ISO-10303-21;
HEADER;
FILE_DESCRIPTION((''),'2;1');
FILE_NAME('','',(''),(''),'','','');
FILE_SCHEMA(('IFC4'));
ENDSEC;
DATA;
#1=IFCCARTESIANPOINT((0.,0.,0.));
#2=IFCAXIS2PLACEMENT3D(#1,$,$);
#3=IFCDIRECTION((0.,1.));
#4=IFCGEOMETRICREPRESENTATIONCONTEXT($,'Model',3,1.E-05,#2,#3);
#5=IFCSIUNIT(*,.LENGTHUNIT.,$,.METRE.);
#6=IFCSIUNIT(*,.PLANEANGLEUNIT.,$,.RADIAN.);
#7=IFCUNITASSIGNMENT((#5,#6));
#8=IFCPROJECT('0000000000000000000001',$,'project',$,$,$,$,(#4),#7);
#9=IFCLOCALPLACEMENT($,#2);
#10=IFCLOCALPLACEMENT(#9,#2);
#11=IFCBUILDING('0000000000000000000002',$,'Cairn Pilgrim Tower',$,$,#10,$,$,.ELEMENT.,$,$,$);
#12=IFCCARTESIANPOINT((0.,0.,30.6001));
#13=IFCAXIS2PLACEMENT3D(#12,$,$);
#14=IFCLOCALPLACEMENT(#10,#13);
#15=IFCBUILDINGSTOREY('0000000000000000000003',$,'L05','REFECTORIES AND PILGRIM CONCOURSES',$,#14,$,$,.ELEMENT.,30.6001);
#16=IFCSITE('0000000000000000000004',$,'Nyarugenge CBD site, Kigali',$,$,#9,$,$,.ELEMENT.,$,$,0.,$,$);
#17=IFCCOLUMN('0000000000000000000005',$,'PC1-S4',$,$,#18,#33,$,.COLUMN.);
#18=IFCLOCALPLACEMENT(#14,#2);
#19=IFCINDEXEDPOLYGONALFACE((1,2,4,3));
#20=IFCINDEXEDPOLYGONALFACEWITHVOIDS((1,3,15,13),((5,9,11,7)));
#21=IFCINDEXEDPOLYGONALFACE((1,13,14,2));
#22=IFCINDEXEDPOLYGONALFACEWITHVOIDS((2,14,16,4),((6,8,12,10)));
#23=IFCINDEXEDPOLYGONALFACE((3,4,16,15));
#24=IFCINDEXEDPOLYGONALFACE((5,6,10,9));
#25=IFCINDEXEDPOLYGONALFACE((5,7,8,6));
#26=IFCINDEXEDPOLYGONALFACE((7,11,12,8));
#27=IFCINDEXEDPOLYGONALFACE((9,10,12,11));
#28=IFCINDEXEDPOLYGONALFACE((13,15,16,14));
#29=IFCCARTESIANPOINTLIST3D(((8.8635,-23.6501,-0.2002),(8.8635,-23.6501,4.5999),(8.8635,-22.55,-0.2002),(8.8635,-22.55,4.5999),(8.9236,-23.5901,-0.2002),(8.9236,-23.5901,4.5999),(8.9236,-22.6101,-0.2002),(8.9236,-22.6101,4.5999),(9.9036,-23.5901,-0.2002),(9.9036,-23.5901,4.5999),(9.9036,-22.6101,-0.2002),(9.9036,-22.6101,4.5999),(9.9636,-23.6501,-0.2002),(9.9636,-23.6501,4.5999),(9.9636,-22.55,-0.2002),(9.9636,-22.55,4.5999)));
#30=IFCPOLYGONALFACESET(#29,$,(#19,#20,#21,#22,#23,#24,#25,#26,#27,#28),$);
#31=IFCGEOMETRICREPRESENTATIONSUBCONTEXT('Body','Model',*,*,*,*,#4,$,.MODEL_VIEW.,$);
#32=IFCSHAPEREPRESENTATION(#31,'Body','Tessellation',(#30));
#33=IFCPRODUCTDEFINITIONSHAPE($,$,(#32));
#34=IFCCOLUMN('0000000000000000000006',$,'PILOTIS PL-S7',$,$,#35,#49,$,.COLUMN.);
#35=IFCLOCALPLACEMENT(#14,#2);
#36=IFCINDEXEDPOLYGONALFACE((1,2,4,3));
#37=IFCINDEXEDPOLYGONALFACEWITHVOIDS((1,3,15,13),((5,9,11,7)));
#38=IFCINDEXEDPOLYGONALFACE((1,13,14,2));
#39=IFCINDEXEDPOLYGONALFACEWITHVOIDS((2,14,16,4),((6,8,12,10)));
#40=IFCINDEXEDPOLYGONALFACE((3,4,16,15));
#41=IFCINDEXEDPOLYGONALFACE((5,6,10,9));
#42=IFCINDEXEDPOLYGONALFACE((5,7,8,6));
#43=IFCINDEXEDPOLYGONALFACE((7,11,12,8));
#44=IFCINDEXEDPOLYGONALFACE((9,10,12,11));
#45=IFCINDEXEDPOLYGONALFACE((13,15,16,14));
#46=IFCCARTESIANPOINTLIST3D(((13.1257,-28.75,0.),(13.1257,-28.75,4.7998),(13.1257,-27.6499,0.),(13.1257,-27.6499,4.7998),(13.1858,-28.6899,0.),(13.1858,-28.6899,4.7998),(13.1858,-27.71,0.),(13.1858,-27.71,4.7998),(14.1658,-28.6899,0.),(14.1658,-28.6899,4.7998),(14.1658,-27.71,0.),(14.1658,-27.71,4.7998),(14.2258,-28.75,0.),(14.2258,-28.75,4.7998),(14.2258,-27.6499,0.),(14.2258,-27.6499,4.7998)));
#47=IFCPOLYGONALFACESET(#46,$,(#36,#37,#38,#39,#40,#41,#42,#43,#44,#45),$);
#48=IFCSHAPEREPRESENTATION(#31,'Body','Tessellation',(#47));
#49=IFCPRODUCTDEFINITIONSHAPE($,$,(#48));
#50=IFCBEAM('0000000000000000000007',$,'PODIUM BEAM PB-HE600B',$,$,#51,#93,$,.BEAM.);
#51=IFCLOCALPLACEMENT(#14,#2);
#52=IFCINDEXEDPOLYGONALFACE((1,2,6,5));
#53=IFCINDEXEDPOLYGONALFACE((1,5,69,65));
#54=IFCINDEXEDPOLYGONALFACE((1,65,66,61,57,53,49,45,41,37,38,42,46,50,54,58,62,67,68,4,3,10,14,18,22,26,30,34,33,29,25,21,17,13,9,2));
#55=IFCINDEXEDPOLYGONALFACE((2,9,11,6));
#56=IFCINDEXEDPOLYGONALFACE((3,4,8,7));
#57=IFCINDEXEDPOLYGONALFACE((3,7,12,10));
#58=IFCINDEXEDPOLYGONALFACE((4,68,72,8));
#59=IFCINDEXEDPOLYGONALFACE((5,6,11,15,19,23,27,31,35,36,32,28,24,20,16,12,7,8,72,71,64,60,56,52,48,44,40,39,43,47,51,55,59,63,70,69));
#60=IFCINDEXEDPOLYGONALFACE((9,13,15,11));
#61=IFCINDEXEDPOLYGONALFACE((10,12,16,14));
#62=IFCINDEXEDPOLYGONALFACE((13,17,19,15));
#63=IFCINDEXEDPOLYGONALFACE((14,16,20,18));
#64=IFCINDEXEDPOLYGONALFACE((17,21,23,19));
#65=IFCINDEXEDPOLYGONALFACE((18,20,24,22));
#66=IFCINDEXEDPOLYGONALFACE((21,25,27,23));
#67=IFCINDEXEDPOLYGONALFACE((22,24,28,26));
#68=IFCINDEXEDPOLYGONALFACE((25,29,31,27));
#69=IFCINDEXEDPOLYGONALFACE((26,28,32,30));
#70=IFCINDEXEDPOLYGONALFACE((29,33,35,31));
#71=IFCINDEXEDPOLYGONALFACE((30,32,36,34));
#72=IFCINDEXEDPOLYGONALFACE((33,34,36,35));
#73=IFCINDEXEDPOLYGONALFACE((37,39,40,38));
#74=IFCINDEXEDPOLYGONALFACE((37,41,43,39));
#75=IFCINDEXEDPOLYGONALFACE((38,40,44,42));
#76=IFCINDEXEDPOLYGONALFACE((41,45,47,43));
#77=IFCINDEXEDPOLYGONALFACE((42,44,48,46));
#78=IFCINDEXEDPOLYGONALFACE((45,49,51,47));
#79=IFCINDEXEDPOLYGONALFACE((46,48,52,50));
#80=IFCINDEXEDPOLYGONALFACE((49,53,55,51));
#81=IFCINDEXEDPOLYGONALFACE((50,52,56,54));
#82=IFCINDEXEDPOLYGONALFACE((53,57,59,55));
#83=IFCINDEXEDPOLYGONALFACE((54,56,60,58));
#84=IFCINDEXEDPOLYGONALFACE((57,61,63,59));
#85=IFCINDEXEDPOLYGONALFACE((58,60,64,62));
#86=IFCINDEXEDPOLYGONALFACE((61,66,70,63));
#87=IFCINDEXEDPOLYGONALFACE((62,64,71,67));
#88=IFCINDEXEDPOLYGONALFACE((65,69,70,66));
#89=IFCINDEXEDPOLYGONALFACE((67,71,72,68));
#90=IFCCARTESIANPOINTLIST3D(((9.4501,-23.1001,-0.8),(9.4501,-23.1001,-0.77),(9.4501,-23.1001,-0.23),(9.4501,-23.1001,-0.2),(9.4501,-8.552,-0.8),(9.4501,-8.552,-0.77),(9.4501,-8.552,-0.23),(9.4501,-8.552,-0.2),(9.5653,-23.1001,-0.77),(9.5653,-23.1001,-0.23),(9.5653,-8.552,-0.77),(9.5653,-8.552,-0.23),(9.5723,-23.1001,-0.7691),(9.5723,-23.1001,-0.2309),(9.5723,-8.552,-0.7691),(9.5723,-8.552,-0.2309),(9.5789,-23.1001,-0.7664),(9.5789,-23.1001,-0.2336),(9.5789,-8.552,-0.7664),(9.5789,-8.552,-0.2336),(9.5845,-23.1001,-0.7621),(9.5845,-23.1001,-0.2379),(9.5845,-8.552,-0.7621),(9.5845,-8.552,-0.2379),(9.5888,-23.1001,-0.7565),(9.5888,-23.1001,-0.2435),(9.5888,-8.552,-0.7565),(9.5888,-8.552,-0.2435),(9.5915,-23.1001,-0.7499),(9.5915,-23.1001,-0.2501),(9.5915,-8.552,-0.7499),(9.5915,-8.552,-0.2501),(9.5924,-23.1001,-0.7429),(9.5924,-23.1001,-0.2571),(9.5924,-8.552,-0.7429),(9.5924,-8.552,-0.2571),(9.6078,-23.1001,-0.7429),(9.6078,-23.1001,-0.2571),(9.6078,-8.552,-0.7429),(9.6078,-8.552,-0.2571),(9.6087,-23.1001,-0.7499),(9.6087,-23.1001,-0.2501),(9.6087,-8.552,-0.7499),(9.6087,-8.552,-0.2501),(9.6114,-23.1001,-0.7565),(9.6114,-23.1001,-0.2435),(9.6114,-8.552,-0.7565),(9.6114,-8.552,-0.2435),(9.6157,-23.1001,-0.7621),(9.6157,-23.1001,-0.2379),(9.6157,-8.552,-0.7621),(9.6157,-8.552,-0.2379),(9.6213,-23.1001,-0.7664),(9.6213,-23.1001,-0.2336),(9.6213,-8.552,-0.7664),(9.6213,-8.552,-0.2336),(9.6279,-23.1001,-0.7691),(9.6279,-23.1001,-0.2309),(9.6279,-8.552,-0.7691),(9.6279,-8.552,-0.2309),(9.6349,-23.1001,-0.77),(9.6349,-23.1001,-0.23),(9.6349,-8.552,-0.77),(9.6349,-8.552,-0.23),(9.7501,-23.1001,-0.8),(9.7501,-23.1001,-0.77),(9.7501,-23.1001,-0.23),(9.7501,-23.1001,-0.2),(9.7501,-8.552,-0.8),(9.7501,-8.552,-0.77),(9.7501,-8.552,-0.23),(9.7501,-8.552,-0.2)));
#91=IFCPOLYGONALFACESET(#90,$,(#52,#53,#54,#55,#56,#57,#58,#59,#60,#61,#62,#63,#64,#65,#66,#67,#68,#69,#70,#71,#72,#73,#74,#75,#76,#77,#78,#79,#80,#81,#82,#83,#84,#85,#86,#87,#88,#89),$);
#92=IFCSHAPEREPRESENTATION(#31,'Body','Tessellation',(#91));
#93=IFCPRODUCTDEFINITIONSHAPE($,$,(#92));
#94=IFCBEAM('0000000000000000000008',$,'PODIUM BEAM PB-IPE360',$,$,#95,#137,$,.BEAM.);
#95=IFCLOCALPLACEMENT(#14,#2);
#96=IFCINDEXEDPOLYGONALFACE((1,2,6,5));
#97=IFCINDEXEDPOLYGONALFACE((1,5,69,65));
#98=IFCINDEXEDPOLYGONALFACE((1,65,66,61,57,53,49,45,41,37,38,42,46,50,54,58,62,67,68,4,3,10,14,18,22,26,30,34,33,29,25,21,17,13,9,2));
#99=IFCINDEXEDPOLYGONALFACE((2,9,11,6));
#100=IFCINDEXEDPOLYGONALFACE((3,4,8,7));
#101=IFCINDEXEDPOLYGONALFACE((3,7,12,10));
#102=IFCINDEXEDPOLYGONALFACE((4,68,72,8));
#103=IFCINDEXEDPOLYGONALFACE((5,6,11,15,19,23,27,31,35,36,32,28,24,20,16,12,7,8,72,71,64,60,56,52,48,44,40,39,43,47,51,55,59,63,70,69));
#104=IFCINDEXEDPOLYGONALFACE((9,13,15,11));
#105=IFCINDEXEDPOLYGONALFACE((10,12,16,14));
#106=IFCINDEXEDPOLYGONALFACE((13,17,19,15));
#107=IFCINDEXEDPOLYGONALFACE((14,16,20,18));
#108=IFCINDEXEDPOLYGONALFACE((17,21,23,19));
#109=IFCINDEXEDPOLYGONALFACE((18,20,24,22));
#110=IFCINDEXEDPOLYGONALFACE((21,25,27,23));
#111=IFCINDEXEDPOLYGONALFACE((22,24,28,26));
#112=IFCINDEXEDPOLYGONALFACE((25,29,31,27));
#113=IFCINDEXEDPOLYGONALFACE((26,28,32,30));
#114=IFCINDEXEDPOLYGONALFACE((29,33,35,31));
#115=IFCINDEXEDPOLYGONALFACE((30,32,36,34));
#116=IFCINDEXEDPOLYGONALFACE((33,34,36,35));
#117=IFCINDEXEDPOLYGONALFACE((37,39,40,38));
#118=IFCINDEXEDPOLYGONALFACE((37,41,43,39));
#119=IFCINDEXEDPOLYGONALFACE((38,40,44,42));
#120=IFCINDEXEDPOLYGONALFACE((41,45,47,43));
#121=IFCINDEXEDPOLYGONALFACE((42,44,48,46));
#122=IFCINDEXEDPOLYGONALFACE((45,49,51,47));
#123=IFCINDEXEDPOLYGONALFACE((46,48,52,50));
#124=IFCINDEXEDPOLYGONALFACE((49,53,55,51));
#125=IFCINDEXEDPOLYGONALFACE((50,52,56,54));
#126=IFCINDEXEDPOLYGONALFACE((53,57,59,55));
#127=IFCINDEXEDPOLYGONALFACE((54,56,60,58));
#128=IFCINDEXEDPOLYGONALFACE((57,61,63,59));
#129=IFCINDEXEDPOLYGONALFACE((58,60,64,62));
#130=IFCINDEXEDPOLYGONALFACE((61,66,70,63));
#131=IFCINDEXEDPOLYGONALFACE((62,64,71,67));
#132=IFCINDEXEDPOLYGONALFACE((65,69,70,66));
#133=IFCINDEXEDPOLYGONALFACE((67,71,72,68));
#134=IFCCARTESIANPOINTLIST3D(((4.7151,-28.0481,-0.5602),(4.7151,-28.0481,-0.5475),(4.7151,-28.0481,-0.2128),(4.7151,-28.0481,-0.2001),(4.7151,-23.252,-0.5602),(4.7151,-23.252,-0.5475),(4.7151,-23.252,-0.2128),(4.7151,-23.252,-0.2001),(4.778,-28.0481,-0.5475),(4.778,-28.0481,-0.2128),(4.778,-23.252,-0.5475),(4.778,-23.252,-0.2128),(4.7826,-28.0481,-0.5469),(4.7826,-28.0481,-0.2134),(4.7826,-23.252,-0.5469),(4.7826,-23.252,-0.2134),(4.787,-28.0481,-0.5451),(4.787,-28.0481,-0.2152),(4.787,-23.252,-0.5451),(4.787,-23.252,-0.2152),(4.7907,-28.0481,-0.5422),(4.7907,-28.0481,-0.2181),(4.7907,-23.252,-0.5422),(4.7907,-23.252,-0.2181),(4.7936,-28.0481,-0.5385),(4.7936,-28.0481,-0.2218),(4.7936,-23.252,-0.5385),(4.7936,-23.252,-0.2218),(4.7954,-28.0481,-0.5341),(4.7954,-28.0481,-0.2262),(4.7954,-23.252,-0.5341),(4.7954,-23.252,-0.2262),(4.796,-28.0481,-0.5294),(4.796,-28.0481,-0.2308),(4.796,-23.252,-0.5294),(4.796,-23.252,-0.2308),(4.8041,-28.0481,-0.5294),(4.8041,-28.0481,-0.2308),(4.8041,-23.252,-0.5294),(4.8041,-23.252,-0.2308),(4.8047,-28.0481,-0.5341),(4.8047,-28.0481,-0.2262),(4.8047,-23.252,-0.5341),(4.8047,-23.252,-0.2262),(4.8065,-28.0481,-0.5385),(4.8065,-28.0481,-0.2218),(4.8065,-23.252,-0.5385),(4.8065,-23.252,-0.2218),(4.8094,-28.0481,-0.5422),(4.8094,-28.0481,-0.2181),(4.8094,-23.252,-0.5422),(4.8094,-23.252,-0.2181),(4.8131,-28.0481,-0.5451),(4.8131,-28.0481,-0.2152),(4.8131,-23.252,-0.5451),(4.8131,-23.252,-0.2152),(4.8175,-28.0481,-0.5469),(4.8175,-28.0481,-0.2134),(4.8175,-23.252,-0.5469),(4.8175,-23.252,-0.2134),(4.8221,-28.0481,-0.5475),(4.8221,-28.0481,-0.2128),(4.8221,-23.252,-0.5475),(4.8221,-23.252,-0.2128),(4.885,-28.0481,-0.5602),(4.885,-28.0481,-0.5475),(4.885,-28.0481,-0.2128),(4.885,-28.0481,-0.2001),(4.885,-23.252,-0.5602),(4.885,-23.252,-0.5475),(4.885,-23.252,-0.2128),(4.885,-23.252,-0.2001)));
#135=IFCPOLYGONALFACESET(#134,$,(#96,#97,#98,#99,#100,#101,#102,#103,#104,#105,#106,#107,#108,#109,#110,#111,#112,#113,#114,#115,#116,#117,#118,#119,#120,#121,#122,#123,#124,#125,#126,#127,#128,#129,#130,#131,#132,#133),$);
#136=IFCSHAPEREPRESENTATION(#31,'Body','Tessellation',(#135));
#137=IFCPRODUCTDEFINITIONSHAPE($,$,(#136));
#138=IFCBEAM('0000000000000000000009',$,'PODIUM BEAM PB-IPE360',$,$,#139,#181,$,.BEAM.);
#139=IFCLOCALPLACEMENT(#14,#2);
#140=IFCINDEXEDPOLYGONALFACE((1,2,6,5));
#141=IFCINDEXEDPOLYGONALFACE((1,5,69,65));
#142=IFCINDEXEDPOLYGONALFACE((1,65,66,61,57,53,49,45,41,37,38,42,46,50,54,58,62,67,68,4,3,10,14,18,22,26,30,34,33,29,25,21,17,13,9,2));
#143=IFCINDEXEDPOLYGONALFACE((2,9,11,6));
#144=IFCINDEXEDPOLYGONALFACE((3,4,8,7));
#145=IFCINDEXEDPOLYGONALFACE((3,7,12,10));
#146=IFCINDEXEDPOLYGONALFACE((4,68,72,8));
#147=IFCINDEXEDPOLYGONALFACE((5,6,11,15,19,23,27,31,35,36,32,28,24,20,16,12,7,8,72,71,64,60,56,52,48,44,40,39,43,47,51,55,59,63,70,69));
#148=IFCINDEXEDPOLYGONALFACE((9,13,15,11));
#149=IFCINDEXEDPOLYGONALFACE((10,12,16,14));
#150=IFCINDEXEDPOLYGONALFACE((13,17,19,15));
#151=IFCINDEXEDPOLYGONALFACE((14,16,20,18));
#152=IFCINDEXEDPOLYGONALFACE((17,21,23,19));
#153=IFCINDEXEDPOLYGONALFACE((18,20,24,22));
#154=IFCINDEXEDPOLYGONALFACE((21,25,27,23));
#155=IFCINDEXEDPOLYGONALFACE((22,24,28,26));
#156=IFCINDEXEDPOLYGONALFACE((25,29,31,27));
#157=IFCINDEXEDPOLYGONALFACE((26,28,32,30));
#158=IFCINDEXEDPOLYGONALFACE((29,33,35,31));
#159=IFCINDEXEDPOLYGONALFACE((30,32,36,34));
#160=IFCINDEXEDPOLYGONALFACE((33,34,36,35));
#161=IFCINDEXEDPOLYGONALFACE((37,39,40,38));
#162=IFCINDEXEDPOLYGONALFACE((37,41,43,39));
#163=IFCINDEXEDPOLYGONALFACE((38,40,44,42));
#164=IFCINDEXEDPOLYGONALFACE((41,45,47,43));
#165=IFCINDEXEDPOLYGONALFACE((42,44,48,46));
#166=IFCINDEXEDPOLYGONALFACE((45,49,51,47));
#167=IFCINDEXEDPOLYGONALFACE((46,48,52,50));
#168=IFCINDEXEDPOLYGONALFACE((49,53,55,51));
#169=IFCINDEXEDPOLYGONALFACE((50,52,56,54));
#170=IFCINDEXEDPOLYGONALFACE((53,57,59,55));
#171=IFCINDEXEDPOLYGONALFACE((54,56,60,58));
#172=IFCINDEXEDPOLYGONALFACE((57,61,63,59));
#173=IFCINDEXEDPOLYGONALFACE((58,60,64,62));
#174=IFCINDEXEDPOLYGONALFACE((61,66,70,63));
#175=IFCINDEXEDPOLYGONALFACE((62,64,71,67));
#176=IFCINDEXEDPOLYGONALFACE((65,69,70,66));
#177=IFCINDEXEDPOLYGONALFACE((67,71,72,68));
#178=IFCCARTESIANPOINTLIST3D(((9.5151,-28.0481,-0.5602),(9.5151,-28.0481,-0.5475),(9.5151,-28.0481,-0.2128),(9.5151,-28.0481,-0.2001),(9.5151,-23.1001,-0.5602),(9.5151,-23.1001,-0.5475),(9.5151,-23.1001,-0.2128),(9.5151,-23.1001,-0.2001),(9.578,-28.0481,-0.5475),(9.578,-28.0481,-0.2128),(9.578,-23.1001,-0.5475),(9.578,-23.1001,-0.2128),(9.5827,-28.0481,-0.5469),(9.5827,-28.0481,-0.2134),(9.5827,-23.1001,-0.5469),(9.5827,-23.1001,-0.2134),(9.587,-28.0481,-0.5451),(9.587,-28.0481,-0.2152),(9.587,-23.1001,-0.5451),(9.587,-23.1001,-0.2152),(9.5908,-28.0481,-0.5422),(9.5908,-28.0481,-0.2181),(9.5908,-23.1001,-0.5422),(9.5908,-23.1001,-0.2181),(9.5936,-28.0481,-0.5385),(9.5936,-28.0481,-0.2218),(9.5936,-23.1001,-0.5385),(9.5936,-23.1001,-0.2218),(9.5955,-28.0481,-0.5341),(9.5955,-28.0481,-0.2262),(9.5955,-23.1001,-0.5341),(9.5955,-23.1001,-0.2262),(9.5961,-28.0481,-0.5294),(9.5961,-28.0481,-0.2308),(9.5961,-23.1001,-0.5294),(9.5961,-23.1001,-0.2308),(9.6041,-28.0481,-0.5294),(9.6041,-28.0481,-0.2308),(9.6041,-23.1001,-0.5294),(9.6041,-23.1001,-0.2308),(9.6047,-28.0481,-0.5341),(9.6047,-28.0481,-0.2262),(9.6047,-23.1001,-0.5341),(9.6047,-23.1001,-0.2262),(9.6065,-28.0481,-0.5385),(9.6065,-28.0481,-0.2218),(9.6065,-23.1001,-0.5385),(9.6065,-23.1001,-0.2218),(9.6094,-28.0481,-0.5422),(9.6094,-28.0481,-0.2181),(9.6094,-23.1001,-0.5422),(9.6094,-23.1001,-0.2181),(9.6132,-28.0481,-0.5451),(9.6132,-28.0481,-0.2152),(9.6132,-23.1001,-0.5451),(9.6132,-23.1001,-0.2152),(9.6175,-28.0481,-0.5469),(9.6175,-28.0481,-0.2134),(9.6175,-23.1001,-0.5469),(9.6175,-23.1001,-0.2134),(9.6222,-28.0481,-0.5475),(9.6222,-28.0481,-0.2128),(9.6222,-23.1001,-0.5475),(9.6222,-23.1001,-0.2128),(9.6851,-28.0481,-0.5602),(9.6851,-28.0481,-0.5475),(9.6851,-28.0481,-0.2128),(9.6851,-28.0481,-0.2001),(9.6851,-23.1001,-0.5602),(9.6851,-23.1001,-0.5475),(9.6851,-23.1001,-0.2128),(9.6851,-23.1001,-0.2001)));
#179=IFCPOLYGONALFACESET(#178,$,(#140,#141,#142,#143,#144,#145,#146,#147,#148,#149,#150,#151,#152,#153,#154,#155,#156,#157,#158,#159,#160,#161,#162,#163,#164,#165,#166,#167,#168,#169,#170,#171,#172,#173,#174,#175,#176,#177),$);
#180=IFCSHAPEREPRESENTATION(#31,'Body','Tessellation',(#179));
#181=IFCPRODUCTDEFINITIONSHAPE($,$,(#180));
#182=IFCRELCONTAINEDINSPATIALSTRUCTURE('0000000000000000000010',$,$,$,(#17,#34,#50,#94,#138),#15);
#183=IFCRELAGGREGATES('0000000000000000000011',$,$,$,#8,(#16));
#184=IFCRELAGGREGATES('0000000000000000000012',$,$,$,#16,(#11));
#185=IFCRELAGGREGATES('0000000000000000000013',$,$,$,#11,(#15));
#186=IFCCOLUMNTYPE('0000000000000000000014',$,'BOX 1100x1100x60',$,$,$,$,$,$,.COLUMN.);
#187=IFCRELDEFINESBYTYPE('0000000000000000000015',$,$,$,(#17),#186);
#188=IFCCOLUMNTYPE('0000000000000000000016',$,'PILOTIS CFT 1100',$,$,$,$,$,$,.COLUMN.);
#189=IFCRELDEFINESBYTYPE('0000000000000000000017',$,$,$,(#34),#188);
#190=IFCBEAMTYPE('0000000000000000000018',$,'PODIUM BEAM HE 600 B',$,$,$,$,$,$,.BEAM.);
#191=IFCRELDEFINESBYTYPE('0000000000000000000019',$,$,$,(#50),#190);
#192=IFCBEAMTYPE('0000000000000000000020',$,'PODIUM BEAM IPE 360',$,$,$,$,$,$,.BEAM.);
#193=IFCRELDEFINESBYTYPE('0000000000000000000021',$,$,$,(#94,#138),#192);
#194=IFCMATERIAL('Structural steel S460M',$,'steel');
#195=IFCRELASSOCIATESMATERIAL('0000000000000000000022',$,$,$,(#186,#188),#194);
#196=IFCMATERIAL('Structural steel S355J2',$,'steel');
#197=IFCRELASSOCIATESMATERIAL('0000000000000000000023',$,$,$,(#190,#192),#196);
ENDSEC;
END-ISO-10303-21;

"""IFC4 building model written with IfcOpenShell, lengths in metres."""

from ifc_helpers import new_model, si_unit, direction, frame, origin, origin_2d, place, context, subcontext, project, spatial, hollow_rectangle, i_section, extrude, material, material_profile, profile_set, type_object, element, save


model = new_model("IFC4")

# Units and contexts
model_context = context("Model", 3, precision=1e-05, world=origin(), true_north=direction((0.0, 1.0)))
body_context = subcontext(model_context, "Body", "Model", "MODEL_VIEW")
ifc_project = project(units=[si_unit("LENGTHUNIT", "METRE"), si_unit("PLANEANGLEUNIT", "RADIAN")], contexts=[model_context])

# Site, building, storey
site_placement = place(None, origin())
site = spatial("IfcSite", under=ifc_project, at=site_placement, Name="Nyarugenge CBD site, Kigali", CompositionType="ELEMENT", RefElevation=0.0)
building_placement = place(site_placement, origin())
building = spatial("IfcBuilding", under=site, at=building_placement, Name="Cairn Pilgrim Tower", CompositionType="ELEMENT")
storey_placement = place(building_placement, frame((0.0, 0.0, 30.6001)))
storey = spatial("IfcBuildingStorey", under=building, at=storey_placement, Name="L05", Description="REFECTORIES AND PILGRIM CONCOURSES", CompositionType="ELEMENT", Elevation=30.6001)

# Columns
ifc_material_1 = material(Name="Structural steel S460M", Category="steel")
ifc_material_profile_1 = material_profile(ifc_material_1, hollow_rectangle(XDim=1.1001, YDim=1.1001, WallThickness=0.0601, at=origin_2d()), Name="BOX 1100x1100x60")
ifc_profile_set_1 = profile_set([ifc_material_profile_1], Name="Structural steel S460M")
column_type_1 = type_object("IfcColumnType", Name="BOX 1100x1100x60", PredefinedType="COLUMN", material=ifc_profile_set_1)
column_1_placement = place(storey_placement, frame((9.4136, -23.1001, -0.2002), z_axis=(0.0, 0.0, 1.0), x_axis=(1.0, 0.0, 0.0)))
element("IfcColumn", 1, at=column_1_placement, inside=storey, type_object=column_type_1, Name="PC1-S4", PredefinedType="COLUMN", context=body_context, shape_type="SweptSolid", body=[
    extrude(hollow_rectangle(XDim=1.1001, YDim=1.1001, WallThickness=0.0601, at=origin_2d()), origin(), (0.0, 0.0, 1.0), 4.8),
])
ifc_material_profile_2 = material_profile(ifc_material_1, hollow_rectangle(XDim=1.1001, YDim=1.1001, WallThickness=0.0601, at=origin_2d()), Name="BOX 1100x1100x60")
ifc_profile_set_2 = profile_set([ifc_material_profile_2], Name="Structural steel S460M")
column_type_2 = type_object("IfcColumnType", Name="PILOTIS CFT 1100", PredefinedType="COLUMN", material=ifc_profile_set_2)
column_2_placement = place(storey_placement, frame((13.6758, -28.2, 0.0), z_axis=(0.0, 0.0, 1.0), x_axis=(1.0, 0.0, 0.0)))
element("IfcColumn", 2, at=column_2_placement, inside=storey, type_object=column_type_2, Name="PILOTIS PL-S7", PredefinedType="COLUMN", context=body_context, shape_type="SweptSolid", body=[
    extrude(hollow_rectangle(XDim=1.1001, YDim=1.1001, WallThickness=0.0601, at=origin_2d()), origin(), (0.0, 0.0, 1.0), 4.7998),
])

# Beams
ifc_material_2 = material(Name="Structural steel S355J2", Category="steel")
ifc_material_profile_3 = material_profile(ifc_material_2, i_section(OverallWidth=0.3, OverallDepth=0.6001, WebThickness=0.0154, FlangeThickness=0.03, FilletRadius=0.0271, at=origin_2d()), Name="HEB 600")
ifc_profile_set_3 = profile_set([ifc_material_profile_3], Name="Structural steel S355J2")
beam_type_1 = type_object("IfcBeamType", Name="PODIUM BEAM HE 600 B", PredefinedType="BEAM", material=ifc_profile_set_3)
beam_1_placement = place(storey_placement, frame((9.6001, -23.1001, -0.5), z_axis=(0.0, 1.0, 0.0), x_axis=(-1.0, 0.0, 0.0)))
element("IfcBeam", 3, at=beam_1_placement, inside=storey, type_object=beam_type_1, Name="PODIUM BEAM PB-HE600B", PredefinedType="BEAM", context=body_context, shape_type="SweptSolid", body=[
    extrude(i_section(OverallWidth=0.3, OverallDepth=0.6001, WebThickness=0.0154, FlangeThickness=0.03, FilletRadius=0.0271, at=origin_2d()), origin(), (0.0, 0.0, 1.0), 14.5481),
])
ifc_material_profile_4 = material_profile(ifc_material_2, i_section(OverallWidth=0.1699, OverallDepth=0.3601, WebThickness=0.0081, FlangeThickness=0.0127, FilletRadius=0.0181, at=origin_2d()), Name="IPE 360")
ifc_profile_set_4 = profile_set([ifc_material_profile_4], Name="Structural steel S355J2")
beam_type_2 = type_object("IfcBeamType", Name="PODIUM BEAM IPE 360", PredefinedType="BEAM", material=ifc_profile_set_4)
beam_2_placement = place(storey_placement, frame((4.8, -28.0481, -0.3801), z_axis=(0.0, 1.0, 0.0), x_axis=(-1.0, 0.0, 0.0)))
element("IfcBeam", 4, at=beam_2_placement, inside=storey, type_object=beam_type_2, Name="PODIUM BEAM PB-IPE360", PredefinedType="BEAM", context=body_context, shape_type="SweptSolid", body=[
    extrude(i_section(OverallWidth=0.1699, OverallDepth=0.3601, WebThickness=0.0081, FlangeThickness=0.0127, FilletRadius=0.0181, at=origin_2d()), origin(), (0.0, 0.0, 1.0), 4.7961),
])
beam_3_placement = place(storey_placement, frame((9.6001, -28.0481, -0.3801), z_axis=(0.0, 1.0, 0.0), x_axis=(-1.0, 0.0, 0.0)))
element("IfcBeam", 5, at=beam_3_placement, inside=storey, type_object=beam_type_2, Name="PODIUM BEAM PB-IPE360", PredefinedType="BEAM", context=body_context, shape_type="SweptSolid", body=[
    extrude(i_section(OverallWidth=0.1699, OverallDepth=0.3601, WebThickness=0.0081, FlangeThickness=0.0127, FilletRadius=0.0181, at=origin_2d()), origin(), (0.0, 0.0, 1.0), 4.948),
])

save(model, "model.ifc")
